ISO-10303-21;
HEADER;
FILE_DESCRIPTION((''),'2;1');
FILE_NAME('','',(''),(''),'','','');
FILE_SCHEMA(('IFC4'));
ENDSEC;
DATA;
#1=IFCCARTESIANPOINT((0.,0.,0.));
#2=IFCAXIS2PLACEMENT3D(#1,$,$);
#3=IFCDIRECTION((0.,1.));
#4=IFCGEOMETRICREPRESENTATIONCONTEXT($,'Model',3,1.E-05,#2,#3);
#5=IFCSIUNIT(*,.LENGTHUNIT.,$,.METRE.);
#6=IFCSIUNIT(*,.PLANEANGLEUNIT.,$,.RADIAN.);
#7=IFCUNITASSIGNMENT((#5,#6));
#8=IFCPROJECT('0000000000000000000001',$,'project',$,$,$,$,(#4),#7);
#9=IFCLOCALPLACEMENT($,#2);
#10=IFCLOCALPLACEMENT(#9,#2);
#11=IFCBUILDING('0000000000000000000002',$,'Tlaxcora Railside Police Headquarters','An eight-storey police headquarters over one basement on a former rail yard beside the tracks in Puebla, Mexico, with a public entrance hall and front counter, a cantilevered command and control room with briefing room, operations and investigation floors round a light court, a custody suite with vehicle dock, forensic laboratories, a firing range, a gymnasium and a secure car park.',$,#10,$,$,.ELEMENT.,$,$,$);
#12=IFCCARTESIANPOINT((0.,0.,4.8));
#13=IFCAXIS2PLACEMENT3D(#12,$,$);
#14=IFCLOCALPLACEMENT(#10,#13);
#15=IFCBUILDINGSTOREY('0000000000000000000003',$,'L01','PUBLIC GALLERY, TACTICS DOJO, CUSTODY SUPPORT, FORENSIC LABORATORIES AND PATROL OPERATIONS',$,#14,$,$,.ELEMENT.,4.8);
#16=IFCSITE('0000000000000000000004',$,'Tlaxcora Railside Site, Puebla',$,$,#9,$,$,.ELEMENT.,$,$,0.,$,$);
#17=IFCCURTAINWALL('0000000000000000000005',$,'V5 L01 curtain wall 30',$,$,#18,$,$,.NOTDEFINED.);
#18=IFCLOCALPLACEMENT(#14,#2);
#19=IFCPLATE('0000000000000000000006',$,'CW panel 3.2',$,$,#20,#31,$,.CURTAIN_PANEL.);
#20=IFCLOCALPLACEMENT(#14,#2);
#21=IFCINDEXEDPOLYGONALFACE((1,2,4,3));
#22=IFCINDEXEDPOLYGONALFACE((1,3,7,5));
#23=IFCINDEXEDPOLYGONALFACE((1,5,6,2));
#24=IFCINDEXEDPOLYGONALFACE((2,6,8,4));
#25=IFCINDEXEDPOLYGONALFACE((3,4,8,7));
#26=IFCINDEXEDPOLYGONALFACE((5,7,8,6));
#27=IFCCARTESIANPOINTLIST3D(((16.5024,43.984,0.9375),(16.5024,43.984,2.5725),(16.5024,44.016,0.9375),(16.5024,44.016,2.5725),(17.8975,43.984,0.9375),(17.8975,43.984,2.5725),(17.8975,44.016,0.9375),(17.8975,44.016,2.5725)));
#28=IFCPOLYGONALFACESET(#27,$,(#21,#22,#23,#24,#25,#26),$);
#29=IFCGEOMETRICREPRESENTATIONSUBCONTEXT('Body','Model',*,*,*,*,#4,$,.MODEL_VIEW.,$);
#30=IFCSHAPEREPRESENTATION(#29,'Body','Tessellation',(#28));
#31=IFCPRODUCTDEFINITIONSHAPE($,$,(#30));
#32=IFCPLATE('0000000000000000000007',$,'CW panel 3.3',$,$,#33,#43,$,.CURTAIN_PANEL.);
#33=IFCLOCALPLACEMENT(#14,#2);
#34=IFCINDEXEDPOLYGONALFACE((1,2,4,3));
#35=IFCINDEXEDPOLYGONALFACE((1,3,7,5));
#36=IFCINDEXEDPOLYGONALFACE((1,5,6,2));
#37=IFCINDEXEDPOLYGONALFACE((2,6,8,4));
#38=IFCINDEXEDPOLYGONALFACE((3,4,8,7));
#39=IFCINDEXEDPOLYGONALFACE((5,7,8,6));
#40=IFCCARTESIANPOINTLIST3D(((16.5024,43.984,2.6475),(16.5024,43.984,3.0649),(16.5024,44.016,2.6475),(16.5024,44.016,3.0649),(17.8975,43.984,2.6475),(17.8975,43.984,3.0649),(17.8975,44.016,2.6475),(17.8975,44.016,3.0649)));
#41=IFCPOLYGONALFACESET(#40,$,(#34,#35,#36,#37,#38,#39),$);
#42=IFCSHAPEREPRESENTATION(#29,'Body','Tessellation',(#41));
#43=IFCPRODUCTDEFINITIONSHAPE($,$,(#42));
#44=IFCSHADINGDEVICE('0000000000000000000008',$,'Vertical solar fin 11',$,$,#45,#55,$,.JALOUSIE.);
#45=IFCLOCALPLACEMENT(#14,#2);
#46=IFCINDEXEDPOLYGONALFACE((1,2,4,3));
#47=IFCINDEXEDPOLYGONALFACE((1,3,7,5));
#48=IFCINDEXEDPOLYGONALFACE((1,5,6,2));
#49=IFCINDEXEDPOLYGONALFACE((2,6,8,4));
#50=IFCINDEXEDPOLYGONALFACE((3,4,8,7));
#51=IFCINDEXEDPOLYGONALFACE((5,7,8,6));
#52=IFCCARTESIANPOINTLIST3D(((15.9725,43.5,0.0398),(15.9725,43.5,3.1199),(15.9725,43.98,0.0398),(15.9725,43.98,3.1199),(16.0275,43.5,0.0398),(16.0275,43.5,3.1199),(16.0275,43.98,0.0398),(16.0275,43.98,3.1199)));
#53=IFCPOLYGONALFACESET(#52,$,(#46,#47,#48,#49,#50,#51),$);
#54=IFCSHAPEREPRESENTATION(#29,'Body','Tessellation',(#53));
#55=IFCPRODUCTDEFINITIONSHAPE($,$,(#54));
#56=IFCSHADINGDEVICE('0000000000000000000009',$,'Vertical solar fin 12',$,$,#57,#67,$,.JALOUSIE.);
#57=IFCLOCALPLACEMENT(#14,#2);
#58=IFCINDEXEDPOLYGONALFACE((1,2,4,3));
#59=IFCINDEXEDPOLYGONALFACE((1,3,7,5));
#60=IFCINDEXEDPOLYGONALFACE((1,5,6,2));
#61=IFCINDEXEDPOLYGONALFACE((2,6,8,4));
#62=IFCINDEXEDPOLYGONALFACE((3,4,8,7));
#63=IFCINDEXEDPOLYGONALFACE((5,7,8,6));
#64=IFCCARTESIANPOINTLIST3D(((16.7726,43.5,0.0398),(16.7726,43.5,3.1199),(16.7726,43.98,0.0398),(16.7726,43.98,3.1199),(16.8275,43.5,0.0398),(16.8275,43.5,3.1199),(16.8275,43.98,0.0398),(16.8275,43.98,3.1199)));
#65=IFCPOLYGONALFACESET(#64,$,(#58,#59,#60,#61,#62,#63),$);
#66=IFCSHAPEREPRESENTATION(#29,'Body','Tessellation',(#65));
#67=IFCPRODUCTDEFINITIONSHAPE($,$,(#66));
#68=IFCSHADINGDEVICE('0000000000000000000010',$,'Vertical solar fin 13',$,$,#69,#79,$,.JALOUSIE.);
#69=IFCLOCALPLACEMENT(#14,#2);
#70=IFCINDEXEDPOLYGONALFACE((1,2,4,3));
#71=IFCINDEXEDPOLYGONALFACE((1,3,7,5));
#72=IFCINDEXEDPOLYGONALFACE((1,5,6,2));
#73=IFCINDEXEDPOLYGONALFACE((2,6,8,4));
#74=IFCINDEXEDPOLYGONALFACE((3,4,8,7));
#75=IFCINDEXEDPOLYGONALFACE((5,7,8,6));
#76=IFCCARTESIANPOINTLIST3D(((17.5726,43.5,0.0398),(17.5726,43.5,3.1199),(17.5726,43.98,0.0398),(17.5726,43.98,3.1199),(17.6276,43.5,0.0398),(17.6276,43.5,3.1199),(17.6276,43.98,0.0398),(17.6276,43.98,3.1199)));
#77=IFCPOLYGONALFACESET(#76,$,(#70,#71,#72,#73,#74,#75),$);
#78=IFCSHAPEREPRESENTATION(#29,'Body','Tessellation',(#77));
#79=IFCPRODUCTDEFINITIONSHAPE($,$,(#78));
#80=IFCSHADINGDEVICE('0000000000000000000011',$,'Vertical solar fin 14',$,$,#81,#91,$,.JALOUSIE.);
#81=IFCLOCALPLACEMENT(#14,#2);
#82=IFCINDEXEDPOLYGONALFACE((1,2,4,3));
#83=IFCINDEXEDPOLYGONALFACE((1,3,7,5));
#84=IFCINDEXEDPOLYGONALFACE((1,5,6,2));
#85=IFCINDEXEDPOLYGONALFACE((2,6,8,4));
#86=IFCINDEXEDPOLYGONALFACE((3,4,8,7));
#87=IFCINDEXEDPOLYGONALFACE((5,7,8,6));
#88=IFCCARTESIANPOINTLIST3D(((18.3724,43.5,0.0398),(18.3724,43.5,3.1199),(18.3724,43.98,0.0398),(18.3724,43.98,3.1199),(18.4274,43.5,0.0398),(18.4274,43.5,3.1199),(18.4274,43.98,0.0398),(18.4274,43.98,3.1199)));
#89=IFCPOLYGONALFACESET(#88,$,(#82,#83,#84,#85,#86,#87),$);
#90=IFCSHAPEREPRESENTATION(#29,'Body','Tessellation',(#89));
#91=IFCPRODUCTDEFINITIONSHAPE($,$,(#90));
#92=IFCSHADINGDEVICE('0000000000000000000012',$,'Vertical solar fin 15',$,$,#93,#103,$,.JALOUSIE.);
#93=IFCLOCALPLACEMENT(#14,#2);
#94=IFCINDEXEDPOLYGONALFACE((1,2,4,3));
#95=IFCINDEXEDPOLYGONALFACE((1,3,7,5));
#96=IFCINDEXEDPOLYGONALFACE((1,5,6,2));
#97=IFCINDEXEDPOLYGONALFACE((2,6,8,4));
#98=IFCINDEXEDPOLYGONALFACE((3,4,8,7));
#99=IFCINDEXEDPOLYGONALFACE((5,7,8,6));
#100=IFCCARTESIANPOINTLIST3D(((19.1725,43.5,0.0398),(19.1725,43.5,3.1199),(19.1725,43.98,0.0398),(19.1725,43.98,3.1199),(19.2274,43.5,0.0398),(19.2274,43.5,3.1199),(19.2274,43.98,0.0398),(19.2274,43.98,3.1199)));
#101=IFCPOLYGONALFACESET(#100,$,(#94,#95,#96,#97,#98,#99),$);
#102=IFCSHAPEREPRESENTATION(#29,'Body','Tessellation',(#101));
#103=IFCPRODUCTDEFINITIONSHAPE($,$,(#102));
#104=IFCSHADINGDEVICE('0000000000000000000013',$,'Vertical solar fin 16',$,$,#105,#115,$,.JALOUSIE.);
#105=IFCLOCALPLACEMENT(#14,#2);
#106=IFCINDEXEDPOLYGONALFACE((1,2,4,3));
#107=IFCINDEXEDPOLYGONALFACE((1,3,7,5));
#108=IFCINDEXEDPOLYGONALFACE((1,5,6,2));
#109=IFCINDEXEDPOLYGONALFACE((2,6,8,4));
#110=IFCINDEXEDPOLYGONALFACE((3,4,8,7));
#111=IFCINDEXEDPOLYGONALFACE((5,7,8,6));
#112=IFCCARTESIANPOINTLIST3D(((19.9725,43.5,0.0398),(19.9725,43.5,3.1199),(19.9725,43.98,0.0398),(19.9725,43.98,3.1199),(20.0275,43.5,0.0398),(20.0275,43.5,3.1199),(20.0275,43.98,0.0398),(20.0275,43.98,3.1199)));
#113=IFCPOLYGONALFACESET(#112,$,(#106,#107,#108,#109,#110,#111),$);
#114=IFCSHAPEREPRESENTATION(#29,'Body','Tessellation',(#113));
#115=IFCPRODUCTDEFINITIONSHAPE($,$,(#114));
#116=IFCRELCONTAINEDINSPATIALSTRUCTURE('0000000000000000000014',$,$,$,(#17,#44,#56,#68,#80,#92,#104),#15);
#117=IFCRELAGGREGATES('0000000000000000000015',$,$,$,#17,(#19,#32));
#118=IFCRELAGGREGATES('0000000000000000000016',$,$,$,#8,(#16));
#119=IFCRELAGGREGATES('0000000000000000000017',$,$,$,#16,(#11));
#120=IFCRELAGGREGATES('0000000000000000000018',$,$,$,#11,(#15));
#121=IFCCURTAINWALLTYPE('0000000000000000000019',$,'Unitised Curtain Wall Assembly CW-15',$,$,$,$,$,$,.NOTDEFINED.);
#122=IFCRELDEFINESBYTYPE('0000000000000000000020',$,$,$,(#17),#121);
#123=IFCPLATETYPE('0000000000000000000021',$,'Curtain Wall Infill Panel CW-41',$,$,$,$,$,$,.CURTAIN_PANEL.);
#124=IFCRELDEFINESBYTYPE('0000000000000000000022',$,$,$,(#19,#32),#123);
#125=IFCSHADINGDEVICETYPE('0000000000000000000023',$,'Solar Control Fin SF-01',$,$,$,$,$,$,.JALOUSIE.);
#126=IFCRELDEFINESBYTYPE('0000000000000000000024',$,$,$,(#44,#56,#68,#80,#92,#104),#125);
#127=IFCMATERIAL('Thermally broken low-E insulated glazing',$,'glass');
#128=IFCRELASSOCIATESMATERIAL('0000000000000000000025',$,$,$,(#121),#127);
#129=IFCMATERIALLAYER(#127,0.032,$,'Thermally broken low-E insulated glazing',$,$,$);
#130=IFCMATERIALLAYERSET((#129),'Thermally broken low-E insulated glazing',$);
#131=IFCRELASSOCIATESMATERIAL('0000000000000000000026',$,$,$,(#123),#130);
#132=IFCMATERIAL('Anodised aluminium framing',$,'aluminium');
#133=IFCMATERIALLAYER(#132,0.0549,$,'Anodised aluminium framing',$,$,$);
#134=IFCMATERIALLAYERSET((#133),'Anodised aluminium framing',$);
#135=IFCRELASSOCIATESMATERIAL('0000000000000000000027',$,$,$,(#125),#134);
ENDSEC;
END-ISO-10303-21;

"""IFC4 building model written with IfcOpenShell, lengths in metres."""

from ifc_helpers import new_model, si_unit, direction, frame, origin, origin_2d, place, context, subcontext, project, spatial, rectangle, extrude, material, layer, layer_set, type_object, element, aggregate, save


model = new_model("IFC4")

# Units and contexts
model_context = context("Model", 3, precision=1e-05, world=origin(), true_north=direction((0.0, 1.0)))
body_context = subcontext(model_context, "Body", "Model", "MODEL_VIEW")
ifc_project = project(units=[si_unit("LENGTHUNIT", "METRE"), si_unit("PLANEANGLEUNIT", "RADIAN")], contexts=[model_context])

# Site, building, storey
site_placement = place(None, origin())
site = spatial("IfcSite", under=ifc_project, at=site_placement, Name="Tlaxcora Railside Site, Puebla", CompositionType="ELEMENT", RefElevation=0.0)
building_placement = place(site_placement, origin())
building = spatial("IfcBuilding", under=site, at=building_placement, Name="Tlaxcora Railside Police Headquarters", Description="An eight-storey police headquarters over one basement on a former rail yard beside the tracks in Puebla, Mexico, with a public entrance hall and front counter, a cantilevered command and control room with briefing room, operations and investigation floors round a light court, a custody suite with vehicle dock, forensic laboratories, a firing range, a gymnasium and a secure car park.", CompositionType="ELEMENT")
storey_placement = place(building_placement, frame((0.0, 0.0, 4.8)))
storey = spatial("IfcBuildingStorey", under=building, at=storey_placement, Name="L01", Description="PUBLIC GALLERY, TACTICS DOJO, CUSTODY SUPPORT, FORENSIC LABORATORIES AND PATROL OPERATIONS", CompositionType="ELEMENT", Elevation=4.8)

# Curtain wall, plates
ifc_material_1 = material(Name="Thermally broken low-E insulated glazing", Category="glass")
curtain_wall_type = type_object("IfcCurtainWallType", Name="Unitised Curtain Wall Assembly CW-15", PredefinedType="NOTDEFINED", material=ifc_material_1)
curtain_wall_placement = place(storey_placement, origin())
curtain_wall = element("IfcCurtainWall", 1, at=curtain_wall_placement, inside=storey, type_object=curtain_wall_type, Name="V5 L01 curtain wall 30", PredefinedType="NOTDEFINED")
ifc_material_2 = material(Name="Anodised aluminium framing", Category="aluminium")
ifc_layer_1 = layer(ifc_material_1, 0.032, Name="Thermally broken low-E insulated glazing")
ifc_layer_set_1 = layer_set([ifc_layer_1], Name="Thermally broken low-E insulated glazing")
plate_type = type_object("IfcPlateType", Name="Curtain Wall Infill Panel CW-41", PredefinedType="CURTAIN_PANEL", material=ifc_layer_set_1)
plate_1_placement = place(storey_placement, frame((17.2, 44.0, 0.9375), z_axis=(0.0, 0.0, 1.0), x_axis=(1.0, 0.0, 0.0)))
plate_1 = element("IfcPlate", 2, at=plate_1_placement, type_object=plate_type, Name="CW panel 3.2", PredefinedType="CURTAIN_PANEL", context=body_context, shape_type="SweptSolid", body=[
    extrude(rectangle(XDim=1.395, YDim=0.032, at=origin_2d()), origin(), (0.0, 0.0, 1.0), 1.635),
])
plate_2_placement = place(storey_placement, frame((17.2, 44.0, 2.6475), z_axis=(0.0, 0.0, 1.0), x_axis=(1.0, 0.0, 0.0)))
plate_2 = element("IfcPlate", 3, at=plate_2_placement, type_object=plate_type, Name="CW panel 3.3", PredefinedType="CURTAIN_PANEL", context=body_context, shape_type="SweptSolid", body=[
    extrude(rectangle(XDim=1.395, YDim=0.032, at=origin_2d()), origin(), (0.0, 0.0, 1.0), 0.4175),
])
aggregate(curtain_wall, [plate_1, plate_2])

# Shading devices
ifc_layer_2 = layer(ifc_material_2, 0.0549, Name="Anodised aluminium framing")
ifc_layer_set_2 = layer_set([ifc_layer_2], Name="Anodised aluminium framing")
shading_device_type = type_object("IfcShadingDeviceType", Name="Solar Control Fin SF-01", PredefinedType="JALOUSIE", material=ifc_layer_set_2)
for number, where, z_axis, x_axis, name in (
    (4, (16.0, 43.74, 0.0398), (0.0, 0.0, 1.0), (0.0, -1.0, 0.0), "Vertical solar fin 11"),
    (5, (16.8, 43.74, 0.0398), (0.0, 0.0, 1.0), (0.0, -1.0, 0.0), "Vertical solar fin 12"),
    (6, (17.6001, 43.74, 0.0398), (0.0, 0.0, 1.0), (0.0, -1.0, 0.0), "Vertical solar fin 13"),
    (7, (18.3999, 43.74, 0.0398), (0.0, 0.0, 1.0), (0.0, -1.0, 0.0), "Vertical solar fin 14"),
    (8, (19.2, 43.74, 0.0398), (0.0, 0.0, 1.0), (0.0, -1.0, 0.0), "Vertical solar fin 15"),
    (9, (20.0, 43.74, 0.0398), (0.0, 0.0, 1.0), (0.0, -1.0, 0.0), "Vertical solar fin 16"),
):
    element("IfcShadingDevice", number, at=place(storey_placement, frame(where, z_axis=z_axis, x_axis=x_axis)), inside=storey, type_object=shading_device_type, Name=name, PredefinedType="JALOUSIE", context=body_context, shape_type="SweptSolid", body=[
        extrude(rectangle(XDim=0.48, YDim=0.0549, at=origin_2d()), origin(), (0.0, 0.0, 1.0), 3.0801),
    ])

save(model, "model.ifc")
